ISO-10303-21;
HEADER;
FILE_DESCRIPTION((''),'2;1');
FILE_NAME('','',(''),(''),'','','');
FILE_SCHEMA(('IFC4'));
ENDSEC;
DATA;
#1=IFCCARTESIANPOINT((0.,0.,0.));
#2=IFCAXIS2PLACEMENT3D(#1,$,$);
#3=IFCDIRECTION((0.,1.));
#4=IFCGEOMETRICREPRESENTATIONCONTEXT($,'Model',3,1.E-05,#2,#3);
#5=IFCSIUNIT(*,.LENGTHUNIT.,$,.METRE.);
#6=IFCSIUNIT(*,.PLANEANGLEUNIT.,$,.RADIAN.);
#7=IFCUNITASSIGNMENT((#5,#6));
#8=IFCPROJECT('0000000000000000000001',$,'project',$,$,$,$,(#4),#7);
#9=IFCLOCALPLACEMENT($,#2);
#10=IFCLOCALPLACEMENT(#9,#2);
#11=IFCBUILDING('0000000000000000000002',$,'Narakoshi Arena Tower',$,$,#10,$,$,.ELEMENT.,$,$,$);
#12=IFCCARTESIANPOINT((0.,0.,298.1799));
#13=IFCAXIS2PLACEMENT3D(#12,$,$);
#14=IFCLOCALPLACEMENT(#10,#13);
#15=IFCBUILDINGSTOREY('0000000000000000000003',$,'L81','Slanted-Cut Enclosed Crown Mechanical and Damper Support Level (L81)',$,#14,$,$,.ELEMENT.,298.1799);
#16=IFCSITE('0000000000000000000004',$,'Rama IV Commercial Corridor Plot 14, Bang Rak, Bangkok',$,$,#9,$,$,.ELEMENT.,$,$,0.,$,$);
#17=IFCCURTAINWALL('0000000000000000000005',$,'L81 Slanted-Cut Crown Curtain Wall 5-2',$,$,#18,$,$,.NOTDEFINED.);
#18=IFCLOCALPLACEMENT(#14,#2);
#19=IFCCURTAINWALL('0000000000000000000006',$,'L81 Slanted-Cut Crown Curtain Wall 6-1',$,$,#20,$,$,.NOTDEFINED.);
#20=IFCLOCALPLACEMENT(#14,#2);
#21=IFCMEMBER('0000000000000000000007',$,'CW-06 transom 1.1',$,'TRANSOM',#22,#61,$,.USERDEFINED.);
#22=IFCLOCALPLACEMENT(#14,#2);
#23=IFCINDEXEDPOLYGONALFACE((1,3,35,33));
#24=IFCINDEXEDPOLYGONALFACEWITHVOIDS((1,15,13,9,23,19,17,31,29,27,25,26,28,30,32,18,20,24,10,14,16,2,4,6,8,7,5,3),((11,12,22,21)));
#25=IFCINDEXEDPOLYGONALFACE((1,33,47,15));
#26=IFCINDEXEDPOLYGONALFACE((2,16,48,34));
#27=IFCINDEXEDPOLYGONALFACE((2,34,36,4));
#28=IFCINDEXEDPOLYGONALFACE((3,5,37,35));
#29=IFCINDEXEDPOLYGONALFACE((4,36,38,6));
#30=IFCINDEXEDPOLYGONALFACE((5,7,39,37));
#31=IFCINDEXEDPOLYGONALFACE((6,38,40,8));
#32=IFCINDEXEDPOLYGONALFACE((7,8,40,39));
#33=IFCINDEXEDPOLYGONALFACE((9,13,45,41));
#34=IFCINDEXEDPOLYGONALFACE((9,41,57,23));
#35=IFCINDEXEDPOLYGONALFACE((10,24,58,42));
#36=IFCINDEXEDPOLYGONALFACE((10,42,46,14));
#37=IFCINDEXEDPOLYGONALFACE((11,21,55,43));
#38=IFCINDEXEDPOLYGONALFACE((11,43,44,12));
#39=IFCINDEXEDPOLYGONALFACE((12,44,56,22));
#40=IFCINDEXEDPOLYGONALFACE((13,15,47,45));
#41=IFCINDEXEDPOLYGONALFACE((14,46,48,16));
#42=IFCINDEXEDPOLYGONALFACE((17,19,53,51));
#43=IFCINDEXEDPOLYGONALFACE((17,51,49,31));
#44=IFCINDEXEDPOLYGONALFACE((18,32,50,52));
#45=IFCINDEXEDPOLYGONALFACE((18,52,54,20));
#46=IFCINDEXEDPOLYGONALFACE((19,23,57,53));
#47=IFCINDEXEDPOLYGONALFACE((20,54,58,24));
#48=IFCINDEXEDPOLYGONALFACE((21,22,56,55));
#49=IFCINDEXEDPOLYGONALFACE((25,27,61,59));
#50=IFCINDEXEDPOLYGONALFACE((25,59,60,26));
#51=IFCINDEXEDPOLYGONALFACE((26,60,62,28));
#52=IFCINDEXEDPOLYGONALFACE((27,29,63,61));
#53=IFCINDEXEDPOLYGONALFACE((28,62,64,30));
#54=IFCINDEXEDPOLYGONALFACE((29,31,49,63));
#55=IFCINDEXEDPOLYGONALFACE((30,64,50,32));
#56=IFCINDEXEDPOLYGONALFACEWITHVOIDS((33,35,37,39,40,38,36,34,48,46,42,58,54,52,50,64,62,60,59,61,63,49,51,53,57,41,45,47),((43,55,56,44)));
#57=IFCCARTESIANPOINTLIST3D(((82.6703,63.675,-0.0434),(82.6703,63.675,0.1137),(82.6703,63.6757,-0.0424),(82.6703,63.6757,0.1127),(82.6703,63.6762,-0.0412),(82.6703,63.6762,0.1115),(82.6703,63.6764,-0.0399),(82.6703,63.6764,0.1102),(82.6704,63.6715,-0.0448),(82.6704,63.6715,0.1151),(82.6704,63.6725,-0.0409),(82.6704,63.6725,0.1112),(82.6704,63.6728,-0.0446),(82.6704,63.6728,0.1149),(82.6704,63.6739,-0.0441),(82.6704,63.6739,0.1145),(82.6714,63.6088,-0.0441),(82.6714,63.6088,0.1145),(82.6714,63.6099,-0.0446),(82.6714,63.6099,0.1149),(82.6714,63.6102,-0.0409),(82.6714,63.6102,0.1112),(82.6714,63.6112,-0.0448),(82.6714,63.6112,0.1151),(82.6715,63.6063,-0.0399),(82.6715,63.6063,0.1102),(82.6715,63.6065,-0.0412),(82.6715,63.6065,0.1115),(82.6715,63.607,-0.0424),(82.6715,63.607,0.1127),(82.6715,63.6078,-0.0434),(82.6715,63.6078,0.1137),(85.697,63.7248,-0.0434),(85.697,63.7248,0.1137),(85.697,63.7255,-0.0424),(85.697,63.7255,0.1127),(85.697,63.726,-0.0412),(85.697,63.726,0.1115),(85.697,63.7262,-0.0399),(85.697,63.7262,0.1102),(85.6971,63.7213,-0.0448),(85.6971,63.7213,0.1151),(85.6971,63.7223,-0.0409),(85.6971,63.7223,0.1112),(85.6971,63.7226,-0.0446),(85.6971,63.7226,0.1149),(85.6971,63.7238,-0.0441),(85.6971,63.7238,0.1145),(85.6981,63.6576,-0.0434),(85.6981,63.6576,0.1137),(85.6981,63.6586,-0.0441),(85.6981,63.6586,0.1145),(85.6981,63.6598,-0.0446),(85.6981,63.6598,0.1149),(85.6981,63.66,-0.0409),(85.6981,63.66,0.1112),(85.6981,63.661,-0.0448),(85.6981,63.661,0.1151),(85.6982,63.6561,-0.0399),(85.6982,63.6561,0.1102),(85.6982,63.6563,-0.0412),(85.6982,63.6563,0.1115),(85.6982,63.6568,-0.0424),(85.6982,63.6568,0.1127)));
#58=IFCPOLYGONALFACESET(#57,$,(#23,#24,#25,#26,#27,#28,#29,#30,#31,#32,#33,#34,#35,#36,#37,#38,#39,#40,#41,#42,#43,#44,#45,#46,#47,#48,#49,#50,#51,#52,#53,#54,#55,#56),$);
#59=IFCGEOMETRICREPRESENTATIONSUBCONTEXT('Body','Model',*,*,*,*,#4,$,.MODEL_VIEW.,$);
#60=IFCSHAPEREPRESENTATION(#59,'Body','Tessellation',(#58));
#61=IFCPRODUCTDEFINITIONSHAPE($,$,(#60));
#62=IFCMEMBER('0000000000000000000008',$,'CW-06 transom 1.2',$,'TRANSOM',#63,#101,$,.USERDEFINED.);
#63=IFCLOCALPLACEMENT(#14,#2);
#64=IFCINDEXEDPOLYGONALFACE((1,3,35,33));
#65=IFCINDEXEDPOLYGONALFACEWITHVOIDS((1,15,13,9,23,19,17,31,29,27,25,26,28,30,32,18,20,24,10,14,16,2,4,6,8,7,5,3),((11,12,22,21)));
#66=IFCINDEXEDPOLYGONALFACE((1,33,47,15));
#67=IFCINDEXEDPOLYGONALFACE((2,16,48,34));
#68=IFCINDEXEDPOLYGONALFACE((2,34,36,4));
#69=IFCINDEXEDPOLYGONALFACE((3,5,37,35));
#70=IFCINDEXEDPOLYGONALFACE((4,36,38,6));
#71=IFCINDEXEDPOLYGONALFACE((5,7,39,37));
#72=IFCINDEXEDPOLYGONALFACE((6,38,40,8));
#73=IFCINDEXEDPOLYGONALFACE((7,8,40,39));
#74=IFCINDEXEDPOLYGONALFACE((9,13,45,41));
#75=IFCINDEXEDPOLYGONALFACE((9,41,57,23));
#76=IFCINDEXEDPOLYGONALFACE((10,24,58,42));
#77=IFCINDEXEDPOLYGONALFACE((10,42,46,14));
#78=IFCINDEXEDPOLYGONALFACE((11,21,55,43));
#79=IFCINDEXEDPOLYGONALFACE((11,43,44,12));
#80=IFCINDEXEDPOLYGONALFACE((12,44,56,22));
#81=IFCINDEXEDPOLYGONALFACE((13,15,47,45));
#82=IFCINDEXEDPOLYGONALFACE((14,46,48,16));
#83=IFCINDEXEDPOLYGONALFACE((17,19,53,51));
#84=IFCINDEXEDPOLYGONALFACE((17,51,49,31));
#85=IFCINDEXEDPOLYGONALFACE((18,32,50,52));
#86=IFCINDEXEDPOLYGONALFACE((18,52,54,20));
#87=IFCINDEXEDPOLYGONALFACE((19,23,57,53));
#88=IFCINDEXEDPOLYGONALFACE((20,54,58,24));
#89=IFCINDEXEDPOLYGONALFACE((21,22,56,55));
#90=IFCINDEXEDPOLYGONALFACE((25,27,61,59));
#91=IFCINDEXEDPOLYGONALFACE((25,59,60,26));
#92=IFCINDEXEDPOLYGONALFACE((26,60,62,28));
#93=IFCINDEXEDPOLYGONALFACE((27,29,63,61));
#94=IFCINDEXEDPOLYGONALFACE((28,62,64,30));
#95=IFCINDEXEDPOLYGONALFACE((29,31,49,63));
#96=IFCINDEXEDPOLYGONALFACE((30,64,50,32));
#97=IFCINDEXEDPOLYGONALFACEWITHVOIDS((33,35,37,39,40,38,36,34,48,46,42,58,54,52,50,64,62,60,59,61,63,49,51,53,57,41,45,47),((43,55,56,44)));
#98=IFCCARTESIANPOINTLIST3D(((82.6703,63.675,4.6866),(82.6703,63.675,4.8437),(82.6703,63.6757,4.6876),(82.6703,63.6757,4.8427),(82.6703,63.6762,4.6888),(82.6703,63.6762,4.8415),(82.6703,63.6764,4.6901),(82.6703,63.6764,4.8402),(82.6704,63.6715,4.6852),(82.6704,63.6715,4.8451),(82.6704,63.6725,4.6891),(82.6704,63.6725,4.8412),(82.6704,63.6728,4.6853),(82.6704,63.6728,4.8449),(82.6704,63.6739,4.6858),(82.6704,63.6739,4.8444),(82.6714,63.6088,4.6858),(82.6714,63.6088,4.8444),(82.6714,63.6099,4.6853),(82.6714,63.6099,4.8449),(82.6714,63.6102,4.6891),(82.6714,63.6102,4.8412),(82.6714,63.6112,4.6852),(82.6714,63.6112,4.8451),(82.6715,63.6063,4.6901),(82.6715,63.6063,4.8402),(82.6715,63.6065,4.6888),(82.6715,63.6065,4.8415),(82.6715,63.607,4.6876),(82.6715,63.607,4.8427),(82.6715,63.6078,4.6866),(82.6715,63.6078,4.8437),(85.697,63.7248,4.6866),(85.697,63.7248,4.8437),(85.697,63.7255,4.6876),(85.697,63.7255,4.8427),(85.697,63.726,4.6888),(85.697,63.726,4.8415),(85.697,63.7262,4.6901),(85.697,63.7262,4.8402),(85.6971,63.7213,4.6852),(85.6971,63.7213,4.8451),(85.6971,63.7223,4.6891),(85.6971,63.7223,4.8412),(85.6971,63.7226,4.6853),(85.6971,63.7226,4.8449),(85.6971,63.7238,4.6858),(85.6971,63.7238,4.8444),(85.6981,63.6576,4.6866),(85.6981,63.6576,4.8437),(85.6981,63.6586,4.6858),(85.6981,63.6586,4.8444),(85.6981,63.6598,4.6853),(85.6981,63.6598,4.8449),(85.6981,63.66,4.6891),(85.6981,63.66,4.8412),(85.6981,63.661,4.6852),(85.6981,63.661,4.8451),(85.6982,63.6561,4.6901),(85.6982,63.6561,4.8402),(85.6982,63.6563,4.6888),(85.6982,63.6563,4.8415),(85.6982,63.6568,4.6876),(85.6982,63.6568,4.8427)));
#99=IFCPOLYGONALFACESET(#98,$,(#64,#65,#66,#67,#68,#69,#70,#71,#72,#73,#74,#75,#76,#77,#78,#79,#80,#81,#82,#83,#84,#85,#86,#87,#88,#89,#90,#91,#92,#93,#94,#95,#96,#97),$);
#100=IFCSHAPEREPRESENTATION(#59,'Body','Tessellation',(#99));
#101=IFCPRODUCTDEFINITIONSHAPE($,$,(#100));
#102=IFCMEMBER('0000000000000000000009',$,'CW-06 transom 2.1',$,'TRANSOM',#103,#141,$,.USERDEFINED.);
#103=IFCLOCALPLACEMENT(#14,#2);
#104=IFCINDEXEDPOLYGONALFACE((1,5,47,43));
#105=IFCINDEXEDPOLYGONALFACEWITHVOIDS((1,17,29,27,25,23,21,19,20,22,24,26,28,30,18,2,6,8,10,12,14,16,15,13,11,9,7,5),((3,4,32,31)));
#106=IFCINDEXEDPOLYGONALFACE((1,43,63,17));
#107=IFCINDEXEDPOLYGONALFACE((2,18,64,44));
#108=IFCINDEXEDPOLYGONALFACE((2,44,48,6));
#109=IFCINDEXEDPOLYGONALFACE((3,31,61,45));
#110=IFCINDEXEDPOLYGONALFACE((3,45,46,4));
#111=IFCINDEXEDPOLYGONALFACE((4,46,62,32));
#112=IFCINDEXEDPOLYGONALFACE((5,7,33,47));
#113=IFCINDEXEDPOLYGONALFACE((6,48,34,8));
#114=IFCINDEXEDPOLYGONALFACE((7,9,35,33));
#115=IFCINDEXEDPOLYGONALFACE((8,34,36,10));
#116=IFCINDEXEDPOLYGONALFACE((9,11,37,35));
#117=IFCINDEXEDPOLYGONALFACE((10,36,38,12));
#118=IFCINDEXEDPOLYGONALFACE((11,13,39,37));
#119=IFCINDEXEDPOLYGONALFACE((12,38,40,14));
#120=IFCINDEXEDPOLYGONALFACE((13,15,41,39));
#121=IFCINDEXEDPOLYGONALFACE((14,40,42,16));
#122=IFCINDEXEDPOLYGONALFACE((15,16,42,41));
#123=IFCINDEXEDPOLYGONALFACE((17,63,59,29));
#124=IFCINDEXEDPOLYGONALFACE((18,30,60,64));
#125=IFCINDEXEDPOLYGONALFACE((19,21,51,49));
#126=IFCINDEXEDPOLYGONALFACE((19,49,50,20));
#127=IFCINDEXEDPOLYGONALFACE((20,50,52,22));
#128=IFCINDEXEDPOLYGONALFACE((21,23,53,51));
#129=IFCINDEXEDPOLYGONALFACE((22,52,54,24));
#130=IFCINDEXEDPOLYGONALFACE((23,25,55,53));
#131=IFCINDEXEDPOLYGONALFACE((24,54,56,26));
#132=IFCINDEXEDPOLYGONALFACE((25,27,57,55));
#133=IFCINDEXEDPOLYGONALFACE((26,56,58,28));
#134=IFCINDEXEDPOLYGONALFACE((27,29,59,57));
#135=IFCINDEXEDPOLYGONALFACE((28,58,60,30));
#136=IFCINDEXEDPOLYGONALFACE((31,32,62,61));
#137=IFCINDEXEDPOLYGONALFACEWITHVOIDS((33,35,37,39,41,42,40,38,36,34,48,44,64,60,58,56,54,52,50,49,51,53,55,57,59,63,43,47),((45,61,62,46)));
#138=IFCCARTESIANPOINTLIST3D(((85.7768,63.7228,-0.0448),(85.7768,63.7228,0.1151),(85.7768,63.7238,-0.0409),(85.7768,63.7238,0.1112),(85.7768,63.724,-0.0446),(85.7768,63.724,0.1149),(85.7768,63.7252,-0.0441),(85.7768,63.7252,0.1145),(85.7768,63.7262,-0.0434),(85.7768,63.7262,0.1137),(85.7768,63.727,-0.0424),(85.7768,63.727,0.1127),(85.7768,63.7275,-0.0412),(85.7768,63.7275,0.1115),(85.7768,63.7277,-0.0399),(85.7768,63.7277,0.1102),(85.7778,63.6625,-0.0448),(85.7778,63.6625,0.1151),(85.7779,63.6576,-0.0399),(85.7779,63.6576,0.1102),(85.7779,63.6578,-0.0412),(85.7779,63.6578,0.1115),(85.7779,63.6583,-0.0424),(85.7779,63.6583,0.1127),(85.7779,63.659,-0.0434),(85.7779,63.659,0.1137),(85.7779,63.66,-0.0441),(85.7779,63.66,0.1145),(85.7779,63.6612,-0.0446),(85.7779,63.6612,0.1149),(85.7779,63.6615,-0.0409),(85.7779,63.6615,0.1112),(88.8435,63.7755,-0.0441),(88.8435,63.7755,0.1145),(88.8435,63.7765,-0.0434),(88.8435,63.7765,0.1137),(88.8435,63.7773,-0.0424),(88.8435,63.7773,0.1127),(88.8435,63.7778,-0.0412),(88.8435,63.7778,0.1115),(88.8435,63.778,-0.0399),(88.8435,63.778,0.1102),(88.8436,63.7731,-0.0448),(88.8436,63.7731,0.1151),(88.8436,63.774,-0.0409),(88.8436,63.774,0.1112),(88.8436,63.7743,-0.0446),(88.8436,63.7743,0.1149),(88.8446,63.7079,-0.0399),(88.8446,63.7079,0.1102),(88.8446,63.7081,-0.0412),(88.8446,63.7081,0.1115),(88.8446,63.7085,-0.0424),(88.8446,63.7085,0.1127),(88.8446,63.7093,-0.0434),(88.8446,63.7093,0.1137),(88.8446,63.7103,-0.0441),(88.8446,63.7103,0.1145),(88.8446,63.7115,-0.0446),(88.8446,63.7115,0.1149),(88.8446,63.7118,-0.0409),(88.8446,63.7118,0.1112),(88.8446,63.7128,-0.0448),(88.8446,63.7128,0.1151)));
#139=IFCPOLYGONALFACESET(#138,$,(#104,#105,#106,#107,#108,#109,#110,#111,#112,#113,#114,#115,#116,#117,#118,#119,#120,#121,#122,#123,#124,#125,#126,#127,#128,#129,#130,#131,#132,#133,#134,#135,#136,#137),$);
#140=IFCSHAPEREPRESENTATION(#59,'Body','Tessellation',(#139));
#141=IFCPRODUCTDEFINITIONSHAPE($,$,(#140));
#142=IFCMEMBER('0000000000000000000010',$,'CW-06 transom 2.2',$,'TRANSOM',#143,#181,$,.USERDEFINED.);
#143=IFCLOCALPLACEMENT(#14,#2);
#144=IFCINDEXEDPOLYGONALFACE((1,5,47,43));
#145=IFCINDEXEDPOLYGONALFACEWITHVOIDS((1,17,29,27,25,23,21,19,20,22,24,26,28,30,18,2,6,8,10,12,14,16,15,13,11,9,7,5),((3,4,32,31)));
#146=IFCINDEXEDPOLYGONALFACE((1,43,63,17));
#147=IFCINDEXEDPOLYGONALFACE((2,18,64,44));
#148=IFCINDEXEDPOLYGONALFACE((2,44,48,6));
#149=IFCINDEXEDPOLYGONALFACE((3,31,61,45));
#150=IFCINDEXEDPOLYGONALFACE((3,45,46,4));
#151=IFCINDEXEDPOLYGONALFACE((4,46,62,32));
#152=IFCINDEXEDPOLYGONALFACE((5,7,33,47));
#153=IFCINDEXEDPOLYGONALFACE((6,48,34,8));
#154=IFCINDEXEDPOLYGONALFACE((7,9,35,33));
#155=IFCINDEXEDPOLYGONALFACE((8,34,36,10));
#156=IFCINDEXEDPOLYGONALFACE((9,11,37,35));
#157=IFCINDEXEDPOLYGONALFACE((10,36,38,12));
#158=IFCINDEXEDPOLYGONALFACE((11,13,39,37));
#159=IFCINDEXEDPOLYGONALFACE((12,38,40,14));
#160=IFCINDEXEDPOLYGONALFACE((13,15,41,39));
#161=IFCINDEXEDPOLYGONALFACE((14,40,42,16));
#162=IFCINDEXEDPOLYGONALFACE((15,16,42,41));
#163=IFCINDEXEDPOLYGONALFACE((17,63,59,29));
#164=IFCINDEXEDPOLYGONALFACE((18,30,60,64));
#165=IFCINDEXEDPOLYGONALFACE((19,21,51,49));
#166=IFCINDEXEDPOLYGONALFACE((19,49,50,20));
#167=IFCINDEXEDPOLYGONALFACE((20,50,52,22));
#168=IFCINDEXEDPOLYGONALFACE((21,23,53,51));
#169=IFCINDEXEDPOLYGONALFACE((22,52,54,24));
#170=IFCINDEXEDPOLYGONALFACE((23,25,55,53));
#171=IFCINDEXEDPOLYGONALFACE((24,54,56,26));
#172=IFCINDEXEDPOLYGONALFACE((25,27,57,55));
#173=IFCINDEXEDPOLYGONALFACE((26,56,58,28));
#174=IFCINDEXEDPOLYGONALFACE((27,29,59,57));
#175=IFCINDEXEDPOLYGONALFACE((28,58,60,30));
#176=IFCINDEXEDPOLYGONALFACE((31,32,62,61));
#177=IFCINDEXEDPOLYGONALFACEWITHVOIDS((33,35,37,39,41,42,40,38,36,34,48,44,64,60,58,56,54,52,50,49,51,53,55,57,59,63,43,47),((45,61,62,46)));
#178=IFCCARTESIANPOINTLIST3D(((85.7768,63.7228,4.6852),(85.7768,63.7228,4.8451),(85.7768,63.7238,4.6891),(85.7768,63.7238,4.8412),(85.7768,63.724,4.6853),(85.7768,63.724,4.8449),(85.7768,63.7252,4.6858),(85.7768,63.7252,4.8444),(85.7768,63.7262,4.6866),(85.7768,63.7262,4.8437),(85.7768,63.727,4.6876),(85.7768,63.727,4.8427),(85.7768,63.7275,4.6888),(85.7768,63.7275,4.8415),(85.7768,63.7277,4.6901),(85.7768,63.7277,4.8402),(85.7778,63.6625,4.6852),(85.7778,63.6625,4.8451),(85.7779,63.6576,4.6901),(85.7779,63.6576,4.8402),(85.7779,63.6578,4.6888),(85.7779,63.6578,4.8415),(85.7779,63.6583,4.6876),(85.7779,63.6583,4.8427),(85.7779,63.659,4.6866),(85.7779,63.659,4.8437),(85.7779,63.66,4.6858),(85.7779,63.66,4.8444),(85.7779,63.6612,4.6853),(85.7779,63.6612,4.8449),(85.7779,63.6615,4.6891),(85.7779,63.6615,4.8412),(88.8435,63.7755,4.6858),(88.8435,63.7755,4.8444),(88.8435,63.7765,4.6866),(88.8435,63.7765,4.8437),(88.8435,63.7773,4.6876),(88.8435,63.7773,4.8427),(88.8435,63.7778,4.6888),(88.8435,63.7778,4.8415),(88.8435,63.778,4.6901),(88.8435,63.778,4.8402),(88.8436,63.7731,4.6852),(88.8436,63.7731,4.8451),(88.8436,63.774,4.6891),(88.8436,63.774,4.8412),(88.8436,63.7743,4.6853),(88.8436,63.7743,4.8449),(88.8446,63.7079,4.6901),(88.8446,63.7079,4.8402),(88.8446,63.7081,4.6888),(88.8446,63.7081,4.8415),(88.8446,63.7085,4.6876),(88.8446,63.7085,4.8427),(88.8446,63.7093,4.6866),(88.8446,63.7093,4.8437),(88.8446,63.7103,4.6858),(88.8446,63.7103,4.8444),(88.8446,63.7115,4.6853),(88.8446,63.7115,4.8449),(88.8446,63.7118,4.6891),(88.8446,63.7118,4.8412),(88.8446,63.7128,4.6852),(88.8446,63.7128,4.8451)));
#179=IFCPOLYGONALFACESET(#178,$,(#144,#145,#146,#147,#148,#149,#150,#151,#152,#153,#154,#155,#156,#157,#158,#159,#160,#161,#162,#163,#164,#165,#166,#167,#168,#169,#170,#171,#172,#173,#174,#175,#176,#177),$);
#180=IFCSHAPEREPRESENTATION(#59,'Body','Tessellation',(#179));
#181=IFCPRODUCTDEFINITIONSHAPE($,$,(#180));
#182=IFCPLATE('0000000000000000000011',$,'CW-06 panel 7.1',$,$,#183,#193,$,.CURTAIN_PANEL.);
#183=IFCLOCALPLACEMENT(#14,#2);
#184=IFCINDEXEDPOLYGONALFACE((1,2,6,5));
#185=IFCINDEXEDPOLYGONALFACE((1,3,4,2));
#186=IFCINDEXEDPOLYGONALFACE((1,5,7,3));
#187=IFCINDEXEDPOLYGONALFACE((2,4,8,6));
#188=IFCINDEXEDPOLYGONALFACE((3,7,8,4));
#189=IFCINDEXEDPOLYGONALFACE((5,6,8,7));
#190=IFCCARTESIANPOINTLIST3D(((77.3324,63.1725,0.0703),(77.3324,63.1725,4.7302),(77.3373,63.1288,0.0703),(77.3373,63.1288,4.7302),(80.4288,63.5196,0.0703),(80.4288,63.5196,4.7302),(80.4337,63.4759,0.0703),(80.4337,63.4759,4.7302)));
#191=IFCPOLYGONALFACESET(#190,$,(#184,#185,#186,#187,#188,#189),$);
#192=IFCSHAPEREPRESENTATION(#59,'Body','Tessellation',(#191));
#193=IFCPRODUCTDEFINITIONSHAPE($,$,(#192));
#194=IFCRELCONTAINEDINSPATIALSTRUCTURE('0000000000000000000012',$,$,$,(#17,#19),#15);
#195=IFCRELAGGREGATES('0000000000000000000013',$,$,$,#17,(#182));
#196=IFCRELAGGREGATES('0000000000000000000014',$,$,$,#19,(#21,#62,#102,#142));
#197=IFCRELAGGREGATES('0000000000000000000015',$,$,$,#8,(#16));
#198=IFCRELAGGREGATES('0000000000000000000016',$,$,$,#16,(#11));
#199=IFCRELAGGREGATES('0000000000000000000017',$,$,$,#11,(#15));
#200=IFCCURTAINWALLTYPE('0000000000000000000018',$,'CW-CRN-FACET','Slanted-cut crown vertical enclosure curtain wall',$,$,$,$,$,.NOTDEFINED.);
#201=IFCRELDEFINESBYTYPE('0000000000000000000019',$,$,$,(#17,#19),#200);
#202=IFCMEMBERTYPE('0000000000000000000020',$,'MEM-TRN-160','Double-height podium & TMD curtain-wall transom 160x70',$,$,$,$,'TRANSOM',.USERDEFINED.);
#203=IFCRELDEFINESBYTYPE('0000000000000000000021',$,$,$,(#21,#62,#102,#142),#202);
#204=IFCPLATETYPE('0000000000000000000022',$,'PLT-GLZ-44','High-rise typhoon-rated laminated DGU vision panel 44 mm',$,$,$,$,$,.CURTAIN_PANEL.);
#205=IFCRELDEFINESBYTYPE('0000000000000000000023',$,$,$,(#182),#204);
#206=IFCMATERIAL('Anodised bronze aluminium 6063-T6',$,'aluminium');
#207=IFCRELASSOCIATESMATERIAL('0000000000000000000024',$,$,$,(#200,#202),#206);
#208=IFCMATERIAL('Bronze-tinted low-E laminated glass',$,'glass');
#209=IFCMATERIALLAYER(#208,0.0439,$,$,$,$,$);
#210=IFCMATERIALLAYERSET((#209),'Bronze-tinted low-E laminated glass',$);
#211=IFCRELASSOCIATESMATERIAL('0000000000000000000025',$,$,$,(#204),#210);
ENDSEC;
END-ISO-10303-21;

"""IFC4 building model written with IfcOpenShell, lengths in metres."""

from ifc_helpers import new_model, si_unit, direction, frame, origin, origin_2d, place, context, subcontext, project, spatial, rectangle, hollow_rectangle, extrude, material, layer, layer_set, material_profile, profile_set, type_object, element, aggregate, save


model = new_model("IFC4")

# Units and contexts
model_context = context("Model", 3, precision=1e-05, world=origin(), true_north=direction((0.0, 1.0)))
body_context = subcontext(model_context, "Body", "Model", "MODEL_VIEW")
ifc_project = project(units=[si_unit("LENGTHUNIT", "METRE"), si_unit("PLANEANGLEUNIT", "RADIAN")], contexts=[model_context])

# Site, building, storey
site_placement = place(None, origin())
site = spatial("IfcSite", under=ifc_project, at=site_placement, Name="Rama IV Commercial Corridor Plot 14, Bang Rak, Bangkok", CompositionType="ELEMENT", RefElevation=0.0)
building_placement = place(site_placement, origin())
building = spatial("IfcBuilding", under=site, at=building_placement, Name="Narakoshi Arena Tower", CompositionType="ELEMENT")
storey_placement = place(building_placement, frame((0.0, 0.0, 298.1799)))
storey = spatial("IfcBuildingStorey", under=building, at=storey_placement, Name="L81", Description="Slanted-Cut Enclosed Crown Mechanical and Damper Support Level (L81)", CompositionType="ELEMENT", Elevation=298.1799)

# Curtain wall
ifc_material_1 = material(Name="Anodised bronze aluminium 6063-T6", Category="aluminium")
curtain_wall_type = type_object("IfcCurtainWallType", Name="CW-CRN-FACET", Description="Slanted-cut crown vertical enclosure curtain wall", PredefinedType="NOTDEFINED", material=ifc_material_1)
curtain_wall_1_placement = place(storey_placement, origin())
curtain_wall_1 = element("IfcCurtainWall", 1, at=curtain_wall_1_placement, inside=storey, type_object=curtain_wall_type, Name="L81 Slanted-Cut Crown Curtain Wall 5-2", PredefinedType="NOTDEFINED")

# Curtain wall, members
curtain_wall_2_placement = place(storey_placement, origin())
curtain_wall_2 = element("IfcCurtainWall", 2, at=curtain_wall_2_placement, inside=storey, type_object=curtain_wall_type, Name="L81 Slanted-Cut Crown Curtain Wall 6-1", PredefinedType="NOTDEFINED")
ifc_material_profile_1 = material_profile(ifc_material_1, hollow_rectangle(XDim=0.0701, YDim=0.1599, WallThickness=0.0039, OuterFilletRadius=0.0049, at=origin_2d()), Name="TRN160x70x4")
ifc_profile_set_1 = profile_set([ifc_material_profile_1], Name="Anodised bronze aluminium 6063-T6")
member_type_1 = type_object("IfcMemberType", Name="MEM-TRN-160", Description="Double-height podium & TMD curtain-wall transom 160x70", ElementType="TRANSOM", PredefinedType="USERDEFINED", material=ifc_profile_set_1)
member_1_placement = place(storey_placement, frame((82.6709, 63.6414, 0.0352), z_axis=(0.999865, 0.016453, 0.0), x_axis=(-0.016453, 0.999865, 0.0)))
member_1 = element("IfcMember", 3, at=member_1_placement, type_object=member_type_1, Name="CW-06 transom 1.1", ObjectType="TRANSOM", PredefinedType="USERDEFINED", context=body_context, shape_type="SweptSolid", body=[
    extrude(hollow_rectangle(XDim=0.0701, YDim=0.1599, WallThickness=0.0039, OuterFilletRadius=0.0049, at=origin_2d()), origin(), (0.0, 0.0, 1.0), 3.0271),
])
member_2_placement = place(storey_placement, frame((82.6709, 63.6414, 4.7651), z_axis=(0.999865, 0.016453, 0.0), x_axis=(-0.016453, 0.999865, 0.0)))
member_2 = element("IfcMember", 4, at=member_2_placement, type_object=member_type_1, Name="CW-06 transom 1.2", ObjectType="TRANSOM", PredefinedType="USERDEFINED", context=body_context, shape_type="SweptSolid", body=[
    extrude(hollow_rectangle(XDim=0.0701, YDim=0.1599, WallThickness=0.0039, OuterFilletRadius=0.0049, at=origin_2d()), origin(), (0.0, 0.0, 1.0), 3.0271),
])
member_3_placement = place(storey_placement, frame((85.7773, 63.6926, 0.0352), z_axis=(0.999866, 0.016398, 0.0), x_axis=(-0.016398, 0.999866, 0.0)))
member_3 = element("IfcMember", 5, at=member_3_placement, type_object=member_type_1, Name="CW-06 transom 2.1", ObjectType="TRANSOM", PredefinedType="USERDEFINED", context=body_context, shape_type="SweptSolid", body=[
    extrude(hollow_rectangle(XDim=0.0701, YDim=0.1599, WallThickness=0.0039, OuterFilletRadius=0.0049, at=origin_2d()), origin(), (0.0, 0.0, 1.0), 3.0671),
])
member_4_placement = place(storey_placement, frame((85.7773, 63.6926, 4.7651), z_axis=(0.999866, 0.016398, 0.0), x_axis=(-0.016398, 0.999866, 0.0)))
member_4 = element("IfcMember", 6, at=member_4_placement, type_object=member_type_1, Name="CW-06 transom 2.2", ObjectType="TRANSOM", PredefinedType="USERDEFINED", context=body_context, shape_type="SweptSolid", body=[
    extrude(hollow_rectangle(XDim=0.0701, YDim=0.1599, WallThickness=0.0039, OuterFilletRadius=0.0049, at=origin_2d()), origin(), (0.0, 0.0, 1.0), 3.0671),
])

# Plate
ifc_material_2 = material(Name="Bronze-tinted low-E laminated glass", Category="glass")
ifc_layer_1 = layer(ifc_material_2, 0.0439)
ifc_layer_set_1 = layer_set([ifc_layer_1], Name="Bronze-tinted low-E laminated glass")
plate_type = type_object("IfcPlateType", Name="PLT-GLZ-44", Description="High-rise typhoon-rated laminated DGU vision panel 44 mm", PredefinedType="CURTAIN_PANEL", material=ifc_layer_set_1)
plate_1_placement = place(storey_placement, frame((78.8831, 63.3242, 0.0703), z_axis=(0.0, 0.0, 1.0), x_axis=(0.993776, 0.111395, 0.0)))
plate_1 = element("IfcPlate", 7, at=plate_1_placement, type_object=plate_type, Name="CW-06 panel 7.1", PredefinedType="CURTAIN_PANEL", context=body_context, shape_type="SweptSolid", body=[
    extrude(rectangle(XDim=3.1157, YDim=0.0439, at=origin_2d()), origin(), (0.0, 0.0, 1.0), 4.6599),
])
aggregate(curtain_wall_1, [plate_1])
aggregate(curtain_wall_2, [member_1, member_2, member_3, member_4])

save(model, "model.ifc")
